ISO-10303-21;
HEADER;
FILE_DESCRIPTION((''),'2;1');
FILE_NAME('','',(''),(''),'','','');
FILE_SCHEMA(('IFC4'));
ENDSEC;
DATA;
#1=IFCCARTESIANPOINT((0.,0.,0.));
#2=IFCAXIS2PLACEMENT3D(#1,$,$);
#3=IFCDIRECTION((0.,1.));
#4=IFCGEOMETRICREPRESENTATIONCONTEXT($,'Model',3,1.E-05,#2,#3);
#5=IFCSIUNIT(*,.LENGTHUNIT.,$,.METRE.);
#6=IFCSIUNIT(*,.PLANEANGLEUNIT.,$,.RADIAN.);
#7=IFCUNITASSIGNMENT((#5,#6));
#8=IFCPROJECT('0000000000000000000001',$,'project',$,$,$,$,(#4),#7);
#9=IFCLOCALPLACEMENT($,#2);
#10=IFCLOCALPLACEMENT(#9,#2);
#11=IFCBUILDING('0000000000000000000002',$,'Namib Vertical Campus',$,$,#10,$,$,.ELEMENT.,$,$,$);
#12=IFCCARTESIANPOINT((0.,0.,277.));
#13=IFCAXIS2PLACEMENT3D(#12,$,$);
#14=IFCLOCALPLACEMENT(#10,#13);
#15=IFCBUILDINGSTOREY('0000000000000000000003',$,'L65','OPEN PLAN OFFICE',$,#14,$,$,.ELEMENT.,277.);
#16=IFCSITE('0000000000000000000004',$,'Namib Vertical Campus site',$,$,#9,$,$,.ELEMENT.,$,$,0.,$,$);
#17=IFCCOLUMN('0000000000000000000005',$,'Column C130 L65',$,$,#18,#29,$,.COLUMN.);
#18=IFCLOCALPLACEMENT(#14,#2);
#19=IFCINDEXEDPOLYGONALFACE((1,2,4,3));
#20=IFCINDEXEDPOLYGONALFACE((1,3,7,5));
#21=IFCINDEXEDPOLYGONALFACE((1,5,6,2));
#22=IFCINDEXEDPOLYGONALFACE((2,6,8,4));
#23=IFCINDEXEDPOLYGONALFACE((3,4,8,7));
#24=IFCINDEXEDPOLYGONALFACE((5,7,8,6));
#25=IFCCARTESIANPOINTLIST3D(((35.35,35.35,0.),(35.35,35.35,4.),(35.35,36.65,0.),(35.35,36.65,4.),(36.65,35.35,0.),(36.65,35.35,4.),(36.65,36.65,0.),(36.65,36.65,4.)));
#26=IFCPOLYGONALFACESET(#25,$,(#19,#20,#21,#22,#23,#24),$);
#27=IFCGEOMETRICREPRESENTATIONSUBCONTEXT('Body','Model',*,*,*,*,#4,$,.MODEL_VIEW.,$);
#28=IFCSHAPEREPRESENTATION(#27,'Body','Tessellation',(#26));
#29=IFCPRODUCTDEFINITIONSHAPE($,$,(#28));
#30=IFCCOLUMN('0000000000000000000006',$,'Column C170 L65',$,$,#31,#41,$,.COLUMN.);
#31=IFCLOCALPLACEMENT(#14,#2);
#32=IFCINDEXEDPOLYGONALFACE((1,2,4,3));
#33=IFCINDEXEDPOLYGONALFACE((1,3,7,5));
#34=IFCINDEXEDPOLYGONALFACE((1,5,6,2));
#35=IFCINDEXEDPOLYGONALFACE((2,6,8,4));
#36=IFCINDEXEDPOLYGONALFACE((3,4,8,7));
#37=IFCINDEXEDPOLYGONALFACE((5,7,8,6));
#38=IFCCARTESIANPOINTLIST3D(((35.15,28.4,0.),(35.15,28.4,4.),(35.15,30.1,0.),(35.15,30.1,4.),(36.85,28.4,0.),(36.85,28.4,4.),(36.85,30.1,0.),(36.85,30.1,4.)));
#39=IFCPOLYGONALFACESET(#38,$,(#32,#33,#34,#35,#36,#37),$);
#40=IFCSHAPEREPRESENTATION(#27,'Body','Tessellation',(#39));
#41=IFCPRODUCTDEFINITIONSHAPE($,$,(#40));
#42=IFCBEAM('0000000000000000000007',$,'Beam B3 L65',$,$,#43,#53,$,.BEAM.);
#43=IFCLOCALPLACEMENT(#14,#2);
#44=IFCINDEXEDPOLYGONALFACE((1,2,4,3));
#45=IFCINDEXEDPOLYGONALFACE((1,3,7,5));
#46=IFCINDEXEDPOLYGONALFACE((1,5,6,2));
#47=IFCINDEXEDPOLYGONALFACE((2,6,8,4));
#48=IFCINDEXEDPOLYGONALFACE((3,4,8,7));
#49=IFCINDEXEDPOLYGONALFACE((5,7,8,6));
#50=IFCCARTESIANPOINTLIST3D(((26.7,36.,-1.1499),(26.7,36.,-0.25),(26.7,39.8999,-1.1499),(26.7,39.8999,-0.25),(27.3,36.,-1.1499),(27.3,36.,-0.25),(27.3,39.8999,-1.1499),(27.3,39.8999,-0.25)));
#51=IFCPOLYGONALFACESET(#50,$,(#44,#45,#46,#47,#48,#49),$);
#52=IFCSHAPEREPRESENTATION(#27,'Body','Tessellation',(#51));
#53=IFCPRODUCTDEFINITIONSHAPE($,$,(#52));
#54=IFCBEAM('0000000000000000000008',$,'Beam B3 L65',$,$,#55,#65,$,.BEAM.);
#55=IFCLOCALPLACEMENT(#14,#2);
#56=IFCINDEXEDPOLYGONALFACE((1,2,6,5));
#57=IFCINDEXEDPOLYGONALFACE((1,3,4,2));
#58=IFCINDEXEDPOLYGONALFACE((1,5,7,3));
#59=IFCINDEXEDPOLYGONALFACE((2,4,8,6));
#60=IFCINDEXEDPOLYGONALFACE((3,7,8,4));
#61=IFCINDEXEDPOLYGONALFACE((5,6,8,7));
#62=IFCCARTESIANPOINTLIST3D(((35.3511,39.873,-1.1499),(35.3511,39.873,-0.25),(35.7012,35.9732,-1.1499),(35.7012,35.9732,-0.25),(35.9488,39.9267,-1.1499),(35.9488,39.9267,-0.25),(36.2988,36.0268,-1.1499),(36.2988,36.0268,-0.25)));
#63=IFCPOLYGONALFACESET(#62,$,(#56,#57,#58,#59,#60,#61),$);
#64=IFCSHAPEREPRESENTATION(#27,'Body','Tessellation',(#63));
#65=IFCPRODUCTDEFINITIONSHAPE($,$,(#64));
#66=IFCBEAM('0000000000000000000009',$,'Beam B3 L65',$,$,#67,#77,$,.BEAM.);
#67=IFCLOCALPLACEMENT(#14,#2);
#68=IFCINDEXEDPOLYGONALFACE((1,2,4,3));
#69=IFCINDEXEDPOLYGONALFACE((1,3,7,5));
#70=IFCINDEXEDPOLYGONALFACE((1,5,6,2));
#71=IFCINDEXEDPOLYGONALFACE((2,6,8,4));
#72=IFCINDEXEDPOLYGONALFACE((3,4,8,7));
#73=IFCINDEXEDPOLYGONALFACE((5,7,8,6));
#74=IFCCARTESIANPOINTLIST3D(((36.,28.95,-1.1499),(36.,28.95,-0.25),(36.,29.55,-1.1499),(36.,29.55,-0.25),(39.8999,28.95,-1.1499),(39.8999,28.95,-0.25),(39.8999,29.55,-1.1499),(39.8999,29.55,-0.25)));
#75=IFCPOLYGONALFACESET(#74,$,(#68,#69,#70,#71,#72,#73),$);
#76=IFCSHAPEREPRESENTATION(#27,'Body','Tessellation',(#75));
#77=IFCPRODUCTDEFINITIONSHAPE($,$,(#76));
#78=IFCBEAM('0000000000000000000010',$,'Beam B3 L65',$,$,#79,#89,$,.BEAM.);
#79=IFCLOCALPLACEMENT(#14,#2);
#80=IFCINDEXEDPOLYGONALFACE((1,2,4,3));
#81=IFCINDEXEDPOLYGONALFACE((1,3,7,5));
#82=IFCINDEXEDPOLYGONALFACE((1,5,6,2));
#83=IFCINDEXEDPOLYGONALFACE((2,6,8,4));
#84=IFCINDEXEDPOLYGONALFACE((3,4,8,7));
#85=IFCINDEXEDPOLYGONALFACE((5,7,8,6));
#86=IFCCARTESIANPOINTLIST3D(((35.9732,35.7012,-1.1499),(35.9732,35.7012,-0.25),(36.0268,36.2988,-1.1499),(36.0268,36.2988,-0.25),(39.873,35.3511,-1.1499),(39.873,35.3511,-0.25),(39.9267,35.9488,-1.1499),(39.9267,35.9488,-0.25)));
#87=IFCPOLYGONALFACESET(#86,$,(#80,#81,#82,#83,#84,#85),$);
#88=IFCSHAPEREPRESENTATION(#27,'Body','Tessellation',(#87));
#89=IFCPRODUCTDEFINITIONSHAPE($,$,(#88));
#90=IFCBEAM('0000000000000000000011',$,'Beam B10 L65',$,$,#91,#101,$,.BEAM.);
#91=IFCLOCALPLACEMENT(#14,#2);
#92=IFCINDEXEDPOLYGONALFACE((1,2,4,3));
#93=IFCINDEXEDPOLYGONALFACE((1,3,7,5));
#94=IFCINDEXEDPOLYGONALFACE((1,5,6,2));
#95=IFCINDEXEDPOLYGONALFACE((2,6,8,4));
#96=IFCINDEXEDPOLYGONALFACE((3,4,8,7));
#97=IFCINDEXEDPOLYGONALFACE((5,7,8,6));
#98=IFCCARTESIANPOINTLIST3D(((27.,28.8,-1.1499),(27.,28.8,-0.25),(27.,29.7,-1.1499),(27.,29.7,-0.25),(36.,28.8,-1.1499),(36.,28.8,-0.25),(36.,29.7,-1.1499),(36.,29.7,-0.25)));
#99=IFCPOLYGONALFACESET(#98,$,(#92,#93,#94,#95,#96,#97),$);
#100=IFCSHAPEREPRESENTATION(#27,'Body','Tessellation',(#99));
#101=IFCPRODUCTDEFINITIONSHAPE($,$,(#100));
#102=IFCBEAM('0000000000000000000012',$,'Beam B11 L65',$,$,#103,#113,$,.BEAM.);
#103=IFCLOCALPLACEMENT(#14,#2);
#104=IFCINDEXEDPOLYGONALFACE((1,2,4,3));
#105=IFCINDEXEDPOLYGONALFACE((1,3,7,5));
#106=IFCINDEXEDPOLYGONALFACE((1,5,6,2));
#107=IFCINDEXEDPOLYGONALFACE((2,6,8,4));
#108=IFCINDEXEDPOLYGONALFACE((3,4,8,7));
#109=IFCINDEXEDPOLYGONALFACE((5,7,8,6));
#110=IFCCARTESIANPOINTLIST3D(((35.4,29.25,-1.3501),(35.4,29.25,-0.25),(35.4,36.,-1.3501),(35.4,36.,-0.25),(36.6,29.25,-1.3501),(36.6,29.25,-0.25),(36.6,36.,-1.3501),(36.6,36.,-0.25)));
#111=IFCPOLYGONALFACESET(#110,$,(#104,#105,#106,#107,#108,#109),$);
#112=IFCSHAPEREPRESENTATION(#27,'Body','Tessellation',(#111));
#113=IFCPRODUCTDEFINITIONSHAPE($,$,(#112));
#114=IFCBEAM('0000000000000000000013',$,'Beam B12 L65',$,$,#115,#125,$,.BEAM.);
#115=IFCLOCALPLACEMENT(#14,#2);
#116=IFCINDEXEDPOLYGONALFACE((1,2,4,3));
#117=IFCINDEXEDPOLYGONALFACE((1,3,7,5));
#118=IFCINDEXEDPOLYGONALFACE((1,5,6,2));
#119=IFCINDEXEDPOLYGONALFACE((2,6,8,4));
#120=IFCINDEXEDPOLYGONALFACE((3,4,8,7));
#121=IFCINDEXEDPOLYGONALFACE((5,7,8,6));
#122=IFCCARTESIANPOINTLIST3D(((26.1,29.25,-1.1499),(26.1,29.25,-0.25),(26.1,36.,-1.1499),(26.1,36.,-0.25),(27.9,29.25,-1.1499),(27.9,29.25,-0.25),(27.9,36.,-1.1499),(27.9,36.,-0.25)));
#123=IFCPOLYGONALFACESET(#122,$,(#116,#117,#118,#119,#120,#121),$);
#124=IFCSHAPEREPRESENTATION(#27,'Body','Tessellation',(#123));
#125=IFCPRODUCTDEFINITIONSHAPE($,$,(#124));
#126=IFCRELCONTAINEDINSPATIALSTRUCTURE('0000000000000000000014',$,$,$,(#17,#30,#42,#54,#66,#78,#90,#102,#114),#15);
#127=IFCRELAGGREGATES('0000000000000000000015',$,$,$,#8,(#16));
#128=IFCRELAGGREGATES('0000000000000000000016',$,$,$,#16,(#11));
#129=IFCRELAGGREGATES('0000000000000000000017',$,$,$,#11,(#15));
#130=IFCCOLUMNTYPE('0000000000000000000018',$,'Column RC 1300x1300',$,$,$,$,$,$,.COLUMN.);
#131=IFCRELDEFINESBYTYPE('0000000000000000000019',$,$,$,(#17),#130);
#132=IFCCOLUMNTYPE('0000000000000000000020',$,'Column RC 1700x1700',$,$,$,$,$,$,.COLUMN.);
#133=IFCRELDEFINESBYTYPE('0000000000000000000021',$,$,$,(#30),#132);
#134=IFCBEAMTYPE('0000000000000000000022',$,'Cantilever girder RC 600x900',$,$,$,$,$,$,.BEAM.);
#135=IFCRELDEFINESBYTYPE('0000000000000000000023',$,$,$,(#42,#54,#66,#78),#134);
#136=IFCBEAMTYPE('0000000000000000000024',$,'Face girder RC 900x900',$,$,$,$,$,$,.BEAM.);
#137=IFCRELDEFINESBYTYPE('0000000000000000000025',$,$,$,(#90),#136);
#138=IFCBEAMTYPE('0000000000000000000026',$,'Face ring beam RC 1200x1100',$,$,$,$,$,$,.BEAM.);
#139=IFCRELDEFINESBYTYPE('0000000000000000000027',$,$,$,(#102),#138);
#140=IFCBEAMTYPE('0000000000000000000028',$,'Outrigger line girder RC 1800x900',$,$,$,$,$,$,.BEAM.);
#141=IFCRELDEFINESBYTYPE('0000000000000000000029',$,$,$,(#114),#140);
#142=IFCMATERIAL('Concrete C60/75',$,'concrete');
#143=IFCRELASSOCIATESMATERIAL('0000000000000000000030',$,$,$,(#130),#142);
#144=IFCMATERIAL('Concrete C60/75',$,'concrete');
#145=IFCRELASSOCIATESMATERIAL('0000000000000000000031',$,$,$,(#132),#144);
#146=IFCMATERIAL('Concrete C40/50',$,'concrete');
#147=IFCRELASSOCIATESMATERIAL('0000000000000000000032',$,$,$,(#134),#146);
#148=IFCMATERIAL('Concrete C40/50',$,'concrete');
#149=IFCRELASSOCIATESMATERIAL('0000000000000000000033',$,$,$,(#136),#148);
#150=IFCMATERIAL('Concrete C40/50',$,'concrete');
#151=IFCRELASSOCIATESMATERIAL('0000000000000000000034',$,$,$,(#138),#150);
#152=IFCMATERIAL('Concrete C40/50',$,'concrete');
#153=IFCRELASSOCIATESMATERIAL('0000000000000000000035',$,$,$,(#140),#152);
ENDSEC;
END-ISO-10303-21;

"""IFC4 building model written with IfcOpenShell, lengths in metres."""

from ifc_helpers import new_model, si_unit, direction, frame, origin, origin_2d, place, context, subcontext, project, spatial, rectangle, extrude, material, material_profile, profile_set, type_object, element, save


model = new_model("IFC4")

# Units and contexts
model_context = context("Model", 3, precision=1e-05, world=origin(), true_north=direction((0.0, 1.0)))
body_context = subcontext(model_context, "Body", "Model", "MODEL_VIEW")
ifc_project = project(units=[si_unit("LENGTHUNIT", "METRE"), si_unit("PLANEANGLEUNIT", "RADIAN")], contexts=[model_context])

# Site, building, storey
site_placement = place(None, origin())
site = spatial("IfcSite", under=ifc_project, at=site_placement, Name="Namib Vertical Campus site", CompositionType="ELEMENT", RefElevation=0.0)
building_placement = place(site_placement, origin())
building = spatial("IfcBuilding", under=site, at=building_placement, Name="Namib Vertical Campus", CompositionType="ELEMENT")
storey_placement = place(building_placement, frame((0.0, 0.0, 277.0)))
storey = spatial("IfcBuildingStorey", under=building, at=storey_placement, Name="L65", Description="OPEN PLAN OFFICE", CompositionType="ELEMENT", Elevation=277.0)

# Columns
ifc_material_1 = material(Name="Concrete C60/75", Category="concrete")
ifc_material_profile_1 = material_profile(ifc_material_1, rectangle(XDim=1.3, YDim=1.3, at=origin_2d()))
ifc_profile_set_1 = profile_set([ifc_material_profile_1], Name="Concrete C60/75")
column_type_1 = type_object("IfcColumnType", Name="Column RC 1300x1300", PredefinedType="COLUMN", material=ifc_profile_set_1)
column_1_placement = place(storey_placement, frame((36.0, 36.0, 0.0), z_axis=(0.0, 0.0, 1.0), x_axis=(1.0, 0.0, 0.0)))
element("IfcColumn", 1, at=column_1_placement, inside=storey, type_object=column_type_1, Name="Column C130 L65", PredefinedType="COLUMN", context=body_context, shape_type="SweptSolid", body=[
    extrude(rectangle(XDim=1.3, YDim=1.3, at=origin_2d()), origin(), (0.0, 0.0, 1.0), 4.0),
])
ifc_material_2 = material(Name="Concrete C60/75", Category="concrete")
ifc_material_profile_2 = material_profile(ifc_material_2, rectangle(XDim=1.7, YDim=1.7, at=origin_2d()))
ifc_profile_set_2 = profile_set([ifc_material_profile_2], Name="Concrete C60/75")
column_type_2 = type_object("IfcColumnType", Name="Column RC 1700x1700", PredefinedType="COLUMN", material=ifc_profile_set_2)
column_2_placement = place(storey_placement, frame((36.0, 29.25, 0.0), z_axis=(0.0, 0.0, 1.0), x_axis=(1.0, 0.0, 0.0)))
element("IfcColumn", 2, at=column_2_placement, inside=storey, type_object=column_type_2, Name="Column C170 L65", PredefinedType="COLUMN", context=body_context, shape_type="SweptSolid", body=[
    extrude(rectangle(XDim=1.7, YDim=1.7, at=origin_2d()), origin(), (0.0, 0.0, 1.0), 4.0),
])

# Beams
ifc_material_3 = material(Name="Concrete C40/50", Category="concrete")
ifc_material_profile_3 = material_profile(ifc_material_3, rectangle(XDim=0.6001, YDim=0.8999, at=origin_2d()))
ifc_profile_set_3 = profile_set([ifc_material_profile_3], Name="Concrete C40/50")
beam_type_1 = type_object("IfcBeamType", Name="Cantilever girder RC 600x900", PredefinedType="BEAM", material=ifc_profile_set_3)
beam_1_placement = place(storey_placement, frame((27.0, 36.0, -0.7), z_axis=(0.0, 1.0, 0.0), x_axis=(-1.0, 0.0, 0.0)))
element("IfcBeam", 3, at=beam_1_placement, inside=storey, type_object=beam_type_1, Name="Beam B3 L65", PredefinedType="BEAM", context=body_context, shape_type="SweptSolid", body=[
    extrude(rectangle(XDim=0.6001, YDim=0.8999, at=origin_2d()), origin(), (0.0, 0.0, 1.0), 3.8999),
])
beam_2_placement = place(storey_placement, frame((36.0, 36.0, -0.7), z_axis=(-0.089411, 0.995995, 0.0), x_axis=(-0.995995, -0.089411, 0.0)))
element("IfcBeam", 4, at=beam_2_placement, inside=storey, type_object=beam_type_1, Name="Beam B3 L65", PredefinedType="BEAM", context=body_context, shape_type="SweptSolid", body=[
    extrude(rectangle(XDim=0.6001, YDim=0.8999, at=origin_2d()), origin(), (0.0, 0.0, 1.0), 3.9155),
])
beam_3_placement = place(storey_placement, frame((36.0, 29.25, -0.7), z_axis=(1.0, 0.0, 0.0), x_axis=(0.0, 1.0, 0.0)))
element("IfcBeam", 5, at=beam_3_placement, inside=storey, type_object=beam_type_1, Name="Beam B3 L65", PredefinedType="BEAM", context=body_context, shape_type="SweptSolid", body=[
    extrude(rectangle(XDim=0.6001, YDim=0.8999, at=origin_2d()), origin(), (0.0, 0.0, 1.0), 3.8999),
])
beam_4_placement = place(storey_placement, frame((36.0, 36.0, -0.7), z_axis=(0.995995, -0.089411, 0.0), x_axis=(0.089411, 0.995995, 0.0)))
element("IfcBeam", 6, at=beam_4_placement, inside=storey, type_object=beam_type_1, Name="Beam B3 L65", PredefinedType="BEAM", context=body_context, shape_type="SweptSolid", body=[
    extrude(rectangle(XDim=0.6001, YDim=0.8999, at=origin_2d()), origin(), (0.0, 0.0, 1.0), 3.9155),
])
ifc_material_4 = material(Name="Concrete C40/50", Category="concrete")
ifc_material_profile_4 = material_profile(ifc_material_4, rectangle(XDim=0.8999, YDim=0.8999, at=origin_2d()))
ifc_profile_set_4 = profile_set([ifc_material_profile_4], Name="Concrete C40/50")
beam_type_2 = type_object("IfcBeamType", Name="Face girder RC 900x900", PredefinedType="BEAM", material=ifc_profile_set_4)
beam_5_placement = place(storey_placement, frame((36.0, 29.25, -0.7), z_axis=(-1.0, 0.0, 0.0), x_axis=(0.0, -1.0, 0.0)))
element("IfcBeam", 7, at=beam_5_placement, inside=storey, type_object=beam_type_2, Name="Beam B10 L65", PredefinedType="BEAM", context=body_context, shape_type="SweptSolid", body=[
    extrude(rectangle(XDim=0.8999, YDim=0.8999, at=origin_2d()), origin(), (0.0, 0.0, 1.0), 9.0),
])
ifc_material_5 = material(Name="Concrete C40/50", Category="concrete")
ifc_material_profile_5 = material_profile(ifc_material_5, rectangle(XDim=1.2, YDim=1.1001, at=origin_2d()))
ifc_profile_set_5 = profile_set([ifc_material_profile_5], Name="Concrete C40/50")
beam_type_3 = type_object("IfcBeamType", Name="Face ring beam RC 1200x1100", PredefinedType="BEAM", material=ifc_profile_set_5)
beam_6_placement = place(storey_placement, frame((36.0, 29.25, -0.8), z_axis=(0.0, 1.0, 0.0), x_axis=(-1.0, 0.0, 0.0)))
element("IfcBeam", 8, at=beam_6_placement, inside=storey, type_object=beam_type_3, Name="Beam B11 L65", PredefinedType="BEAM", context=body_context, shape_type="SweptSolid", body=[
    extrude(rectangle(XDim=1.2, YDim=1.1001, at=origin_2d()), origin(), (0.0, 0.0, 1.0), 6.75),
])
ifc_material_6 = material(Name="Concrete C40/50", Category="concrete")
ifc_material_profile_6 = material_profile(ifc_material_6, rectangle(XDim=1.8, YDim=0.8999, at=origin_2d()))
ifc_profile_set_6 = profile_set([ifc_material_profile_6], Name="Concrete C40/50")
beam_type_4 = type_object("IfcBeamType", Name="Outrigger line girder RC 1800x900", PredefinedType="BEAM", material=ifc_profile_set_6)
beam_7_placement = place(storey_placement, frame((27.0, 36.0, -0.7), z_axis=(0.0, -1.0, 0.0), x_axis=(1.0, 0.0, 0.0)))
element("IfcBeam", 9, at=beam_7_placement, inside=storey, type_object=beam_type_4, Name="Beam B12 L65", PredefinedType="BEAM", context=body_context, shape_type="SweptSolid", body=[
    extrude(rectangle(XDim=1.8, YDim=0.8999, at=origin_2d()), origin(), (0.0, 0.0, 1.0), 6.75),
])

save(model, "model.ifc")
